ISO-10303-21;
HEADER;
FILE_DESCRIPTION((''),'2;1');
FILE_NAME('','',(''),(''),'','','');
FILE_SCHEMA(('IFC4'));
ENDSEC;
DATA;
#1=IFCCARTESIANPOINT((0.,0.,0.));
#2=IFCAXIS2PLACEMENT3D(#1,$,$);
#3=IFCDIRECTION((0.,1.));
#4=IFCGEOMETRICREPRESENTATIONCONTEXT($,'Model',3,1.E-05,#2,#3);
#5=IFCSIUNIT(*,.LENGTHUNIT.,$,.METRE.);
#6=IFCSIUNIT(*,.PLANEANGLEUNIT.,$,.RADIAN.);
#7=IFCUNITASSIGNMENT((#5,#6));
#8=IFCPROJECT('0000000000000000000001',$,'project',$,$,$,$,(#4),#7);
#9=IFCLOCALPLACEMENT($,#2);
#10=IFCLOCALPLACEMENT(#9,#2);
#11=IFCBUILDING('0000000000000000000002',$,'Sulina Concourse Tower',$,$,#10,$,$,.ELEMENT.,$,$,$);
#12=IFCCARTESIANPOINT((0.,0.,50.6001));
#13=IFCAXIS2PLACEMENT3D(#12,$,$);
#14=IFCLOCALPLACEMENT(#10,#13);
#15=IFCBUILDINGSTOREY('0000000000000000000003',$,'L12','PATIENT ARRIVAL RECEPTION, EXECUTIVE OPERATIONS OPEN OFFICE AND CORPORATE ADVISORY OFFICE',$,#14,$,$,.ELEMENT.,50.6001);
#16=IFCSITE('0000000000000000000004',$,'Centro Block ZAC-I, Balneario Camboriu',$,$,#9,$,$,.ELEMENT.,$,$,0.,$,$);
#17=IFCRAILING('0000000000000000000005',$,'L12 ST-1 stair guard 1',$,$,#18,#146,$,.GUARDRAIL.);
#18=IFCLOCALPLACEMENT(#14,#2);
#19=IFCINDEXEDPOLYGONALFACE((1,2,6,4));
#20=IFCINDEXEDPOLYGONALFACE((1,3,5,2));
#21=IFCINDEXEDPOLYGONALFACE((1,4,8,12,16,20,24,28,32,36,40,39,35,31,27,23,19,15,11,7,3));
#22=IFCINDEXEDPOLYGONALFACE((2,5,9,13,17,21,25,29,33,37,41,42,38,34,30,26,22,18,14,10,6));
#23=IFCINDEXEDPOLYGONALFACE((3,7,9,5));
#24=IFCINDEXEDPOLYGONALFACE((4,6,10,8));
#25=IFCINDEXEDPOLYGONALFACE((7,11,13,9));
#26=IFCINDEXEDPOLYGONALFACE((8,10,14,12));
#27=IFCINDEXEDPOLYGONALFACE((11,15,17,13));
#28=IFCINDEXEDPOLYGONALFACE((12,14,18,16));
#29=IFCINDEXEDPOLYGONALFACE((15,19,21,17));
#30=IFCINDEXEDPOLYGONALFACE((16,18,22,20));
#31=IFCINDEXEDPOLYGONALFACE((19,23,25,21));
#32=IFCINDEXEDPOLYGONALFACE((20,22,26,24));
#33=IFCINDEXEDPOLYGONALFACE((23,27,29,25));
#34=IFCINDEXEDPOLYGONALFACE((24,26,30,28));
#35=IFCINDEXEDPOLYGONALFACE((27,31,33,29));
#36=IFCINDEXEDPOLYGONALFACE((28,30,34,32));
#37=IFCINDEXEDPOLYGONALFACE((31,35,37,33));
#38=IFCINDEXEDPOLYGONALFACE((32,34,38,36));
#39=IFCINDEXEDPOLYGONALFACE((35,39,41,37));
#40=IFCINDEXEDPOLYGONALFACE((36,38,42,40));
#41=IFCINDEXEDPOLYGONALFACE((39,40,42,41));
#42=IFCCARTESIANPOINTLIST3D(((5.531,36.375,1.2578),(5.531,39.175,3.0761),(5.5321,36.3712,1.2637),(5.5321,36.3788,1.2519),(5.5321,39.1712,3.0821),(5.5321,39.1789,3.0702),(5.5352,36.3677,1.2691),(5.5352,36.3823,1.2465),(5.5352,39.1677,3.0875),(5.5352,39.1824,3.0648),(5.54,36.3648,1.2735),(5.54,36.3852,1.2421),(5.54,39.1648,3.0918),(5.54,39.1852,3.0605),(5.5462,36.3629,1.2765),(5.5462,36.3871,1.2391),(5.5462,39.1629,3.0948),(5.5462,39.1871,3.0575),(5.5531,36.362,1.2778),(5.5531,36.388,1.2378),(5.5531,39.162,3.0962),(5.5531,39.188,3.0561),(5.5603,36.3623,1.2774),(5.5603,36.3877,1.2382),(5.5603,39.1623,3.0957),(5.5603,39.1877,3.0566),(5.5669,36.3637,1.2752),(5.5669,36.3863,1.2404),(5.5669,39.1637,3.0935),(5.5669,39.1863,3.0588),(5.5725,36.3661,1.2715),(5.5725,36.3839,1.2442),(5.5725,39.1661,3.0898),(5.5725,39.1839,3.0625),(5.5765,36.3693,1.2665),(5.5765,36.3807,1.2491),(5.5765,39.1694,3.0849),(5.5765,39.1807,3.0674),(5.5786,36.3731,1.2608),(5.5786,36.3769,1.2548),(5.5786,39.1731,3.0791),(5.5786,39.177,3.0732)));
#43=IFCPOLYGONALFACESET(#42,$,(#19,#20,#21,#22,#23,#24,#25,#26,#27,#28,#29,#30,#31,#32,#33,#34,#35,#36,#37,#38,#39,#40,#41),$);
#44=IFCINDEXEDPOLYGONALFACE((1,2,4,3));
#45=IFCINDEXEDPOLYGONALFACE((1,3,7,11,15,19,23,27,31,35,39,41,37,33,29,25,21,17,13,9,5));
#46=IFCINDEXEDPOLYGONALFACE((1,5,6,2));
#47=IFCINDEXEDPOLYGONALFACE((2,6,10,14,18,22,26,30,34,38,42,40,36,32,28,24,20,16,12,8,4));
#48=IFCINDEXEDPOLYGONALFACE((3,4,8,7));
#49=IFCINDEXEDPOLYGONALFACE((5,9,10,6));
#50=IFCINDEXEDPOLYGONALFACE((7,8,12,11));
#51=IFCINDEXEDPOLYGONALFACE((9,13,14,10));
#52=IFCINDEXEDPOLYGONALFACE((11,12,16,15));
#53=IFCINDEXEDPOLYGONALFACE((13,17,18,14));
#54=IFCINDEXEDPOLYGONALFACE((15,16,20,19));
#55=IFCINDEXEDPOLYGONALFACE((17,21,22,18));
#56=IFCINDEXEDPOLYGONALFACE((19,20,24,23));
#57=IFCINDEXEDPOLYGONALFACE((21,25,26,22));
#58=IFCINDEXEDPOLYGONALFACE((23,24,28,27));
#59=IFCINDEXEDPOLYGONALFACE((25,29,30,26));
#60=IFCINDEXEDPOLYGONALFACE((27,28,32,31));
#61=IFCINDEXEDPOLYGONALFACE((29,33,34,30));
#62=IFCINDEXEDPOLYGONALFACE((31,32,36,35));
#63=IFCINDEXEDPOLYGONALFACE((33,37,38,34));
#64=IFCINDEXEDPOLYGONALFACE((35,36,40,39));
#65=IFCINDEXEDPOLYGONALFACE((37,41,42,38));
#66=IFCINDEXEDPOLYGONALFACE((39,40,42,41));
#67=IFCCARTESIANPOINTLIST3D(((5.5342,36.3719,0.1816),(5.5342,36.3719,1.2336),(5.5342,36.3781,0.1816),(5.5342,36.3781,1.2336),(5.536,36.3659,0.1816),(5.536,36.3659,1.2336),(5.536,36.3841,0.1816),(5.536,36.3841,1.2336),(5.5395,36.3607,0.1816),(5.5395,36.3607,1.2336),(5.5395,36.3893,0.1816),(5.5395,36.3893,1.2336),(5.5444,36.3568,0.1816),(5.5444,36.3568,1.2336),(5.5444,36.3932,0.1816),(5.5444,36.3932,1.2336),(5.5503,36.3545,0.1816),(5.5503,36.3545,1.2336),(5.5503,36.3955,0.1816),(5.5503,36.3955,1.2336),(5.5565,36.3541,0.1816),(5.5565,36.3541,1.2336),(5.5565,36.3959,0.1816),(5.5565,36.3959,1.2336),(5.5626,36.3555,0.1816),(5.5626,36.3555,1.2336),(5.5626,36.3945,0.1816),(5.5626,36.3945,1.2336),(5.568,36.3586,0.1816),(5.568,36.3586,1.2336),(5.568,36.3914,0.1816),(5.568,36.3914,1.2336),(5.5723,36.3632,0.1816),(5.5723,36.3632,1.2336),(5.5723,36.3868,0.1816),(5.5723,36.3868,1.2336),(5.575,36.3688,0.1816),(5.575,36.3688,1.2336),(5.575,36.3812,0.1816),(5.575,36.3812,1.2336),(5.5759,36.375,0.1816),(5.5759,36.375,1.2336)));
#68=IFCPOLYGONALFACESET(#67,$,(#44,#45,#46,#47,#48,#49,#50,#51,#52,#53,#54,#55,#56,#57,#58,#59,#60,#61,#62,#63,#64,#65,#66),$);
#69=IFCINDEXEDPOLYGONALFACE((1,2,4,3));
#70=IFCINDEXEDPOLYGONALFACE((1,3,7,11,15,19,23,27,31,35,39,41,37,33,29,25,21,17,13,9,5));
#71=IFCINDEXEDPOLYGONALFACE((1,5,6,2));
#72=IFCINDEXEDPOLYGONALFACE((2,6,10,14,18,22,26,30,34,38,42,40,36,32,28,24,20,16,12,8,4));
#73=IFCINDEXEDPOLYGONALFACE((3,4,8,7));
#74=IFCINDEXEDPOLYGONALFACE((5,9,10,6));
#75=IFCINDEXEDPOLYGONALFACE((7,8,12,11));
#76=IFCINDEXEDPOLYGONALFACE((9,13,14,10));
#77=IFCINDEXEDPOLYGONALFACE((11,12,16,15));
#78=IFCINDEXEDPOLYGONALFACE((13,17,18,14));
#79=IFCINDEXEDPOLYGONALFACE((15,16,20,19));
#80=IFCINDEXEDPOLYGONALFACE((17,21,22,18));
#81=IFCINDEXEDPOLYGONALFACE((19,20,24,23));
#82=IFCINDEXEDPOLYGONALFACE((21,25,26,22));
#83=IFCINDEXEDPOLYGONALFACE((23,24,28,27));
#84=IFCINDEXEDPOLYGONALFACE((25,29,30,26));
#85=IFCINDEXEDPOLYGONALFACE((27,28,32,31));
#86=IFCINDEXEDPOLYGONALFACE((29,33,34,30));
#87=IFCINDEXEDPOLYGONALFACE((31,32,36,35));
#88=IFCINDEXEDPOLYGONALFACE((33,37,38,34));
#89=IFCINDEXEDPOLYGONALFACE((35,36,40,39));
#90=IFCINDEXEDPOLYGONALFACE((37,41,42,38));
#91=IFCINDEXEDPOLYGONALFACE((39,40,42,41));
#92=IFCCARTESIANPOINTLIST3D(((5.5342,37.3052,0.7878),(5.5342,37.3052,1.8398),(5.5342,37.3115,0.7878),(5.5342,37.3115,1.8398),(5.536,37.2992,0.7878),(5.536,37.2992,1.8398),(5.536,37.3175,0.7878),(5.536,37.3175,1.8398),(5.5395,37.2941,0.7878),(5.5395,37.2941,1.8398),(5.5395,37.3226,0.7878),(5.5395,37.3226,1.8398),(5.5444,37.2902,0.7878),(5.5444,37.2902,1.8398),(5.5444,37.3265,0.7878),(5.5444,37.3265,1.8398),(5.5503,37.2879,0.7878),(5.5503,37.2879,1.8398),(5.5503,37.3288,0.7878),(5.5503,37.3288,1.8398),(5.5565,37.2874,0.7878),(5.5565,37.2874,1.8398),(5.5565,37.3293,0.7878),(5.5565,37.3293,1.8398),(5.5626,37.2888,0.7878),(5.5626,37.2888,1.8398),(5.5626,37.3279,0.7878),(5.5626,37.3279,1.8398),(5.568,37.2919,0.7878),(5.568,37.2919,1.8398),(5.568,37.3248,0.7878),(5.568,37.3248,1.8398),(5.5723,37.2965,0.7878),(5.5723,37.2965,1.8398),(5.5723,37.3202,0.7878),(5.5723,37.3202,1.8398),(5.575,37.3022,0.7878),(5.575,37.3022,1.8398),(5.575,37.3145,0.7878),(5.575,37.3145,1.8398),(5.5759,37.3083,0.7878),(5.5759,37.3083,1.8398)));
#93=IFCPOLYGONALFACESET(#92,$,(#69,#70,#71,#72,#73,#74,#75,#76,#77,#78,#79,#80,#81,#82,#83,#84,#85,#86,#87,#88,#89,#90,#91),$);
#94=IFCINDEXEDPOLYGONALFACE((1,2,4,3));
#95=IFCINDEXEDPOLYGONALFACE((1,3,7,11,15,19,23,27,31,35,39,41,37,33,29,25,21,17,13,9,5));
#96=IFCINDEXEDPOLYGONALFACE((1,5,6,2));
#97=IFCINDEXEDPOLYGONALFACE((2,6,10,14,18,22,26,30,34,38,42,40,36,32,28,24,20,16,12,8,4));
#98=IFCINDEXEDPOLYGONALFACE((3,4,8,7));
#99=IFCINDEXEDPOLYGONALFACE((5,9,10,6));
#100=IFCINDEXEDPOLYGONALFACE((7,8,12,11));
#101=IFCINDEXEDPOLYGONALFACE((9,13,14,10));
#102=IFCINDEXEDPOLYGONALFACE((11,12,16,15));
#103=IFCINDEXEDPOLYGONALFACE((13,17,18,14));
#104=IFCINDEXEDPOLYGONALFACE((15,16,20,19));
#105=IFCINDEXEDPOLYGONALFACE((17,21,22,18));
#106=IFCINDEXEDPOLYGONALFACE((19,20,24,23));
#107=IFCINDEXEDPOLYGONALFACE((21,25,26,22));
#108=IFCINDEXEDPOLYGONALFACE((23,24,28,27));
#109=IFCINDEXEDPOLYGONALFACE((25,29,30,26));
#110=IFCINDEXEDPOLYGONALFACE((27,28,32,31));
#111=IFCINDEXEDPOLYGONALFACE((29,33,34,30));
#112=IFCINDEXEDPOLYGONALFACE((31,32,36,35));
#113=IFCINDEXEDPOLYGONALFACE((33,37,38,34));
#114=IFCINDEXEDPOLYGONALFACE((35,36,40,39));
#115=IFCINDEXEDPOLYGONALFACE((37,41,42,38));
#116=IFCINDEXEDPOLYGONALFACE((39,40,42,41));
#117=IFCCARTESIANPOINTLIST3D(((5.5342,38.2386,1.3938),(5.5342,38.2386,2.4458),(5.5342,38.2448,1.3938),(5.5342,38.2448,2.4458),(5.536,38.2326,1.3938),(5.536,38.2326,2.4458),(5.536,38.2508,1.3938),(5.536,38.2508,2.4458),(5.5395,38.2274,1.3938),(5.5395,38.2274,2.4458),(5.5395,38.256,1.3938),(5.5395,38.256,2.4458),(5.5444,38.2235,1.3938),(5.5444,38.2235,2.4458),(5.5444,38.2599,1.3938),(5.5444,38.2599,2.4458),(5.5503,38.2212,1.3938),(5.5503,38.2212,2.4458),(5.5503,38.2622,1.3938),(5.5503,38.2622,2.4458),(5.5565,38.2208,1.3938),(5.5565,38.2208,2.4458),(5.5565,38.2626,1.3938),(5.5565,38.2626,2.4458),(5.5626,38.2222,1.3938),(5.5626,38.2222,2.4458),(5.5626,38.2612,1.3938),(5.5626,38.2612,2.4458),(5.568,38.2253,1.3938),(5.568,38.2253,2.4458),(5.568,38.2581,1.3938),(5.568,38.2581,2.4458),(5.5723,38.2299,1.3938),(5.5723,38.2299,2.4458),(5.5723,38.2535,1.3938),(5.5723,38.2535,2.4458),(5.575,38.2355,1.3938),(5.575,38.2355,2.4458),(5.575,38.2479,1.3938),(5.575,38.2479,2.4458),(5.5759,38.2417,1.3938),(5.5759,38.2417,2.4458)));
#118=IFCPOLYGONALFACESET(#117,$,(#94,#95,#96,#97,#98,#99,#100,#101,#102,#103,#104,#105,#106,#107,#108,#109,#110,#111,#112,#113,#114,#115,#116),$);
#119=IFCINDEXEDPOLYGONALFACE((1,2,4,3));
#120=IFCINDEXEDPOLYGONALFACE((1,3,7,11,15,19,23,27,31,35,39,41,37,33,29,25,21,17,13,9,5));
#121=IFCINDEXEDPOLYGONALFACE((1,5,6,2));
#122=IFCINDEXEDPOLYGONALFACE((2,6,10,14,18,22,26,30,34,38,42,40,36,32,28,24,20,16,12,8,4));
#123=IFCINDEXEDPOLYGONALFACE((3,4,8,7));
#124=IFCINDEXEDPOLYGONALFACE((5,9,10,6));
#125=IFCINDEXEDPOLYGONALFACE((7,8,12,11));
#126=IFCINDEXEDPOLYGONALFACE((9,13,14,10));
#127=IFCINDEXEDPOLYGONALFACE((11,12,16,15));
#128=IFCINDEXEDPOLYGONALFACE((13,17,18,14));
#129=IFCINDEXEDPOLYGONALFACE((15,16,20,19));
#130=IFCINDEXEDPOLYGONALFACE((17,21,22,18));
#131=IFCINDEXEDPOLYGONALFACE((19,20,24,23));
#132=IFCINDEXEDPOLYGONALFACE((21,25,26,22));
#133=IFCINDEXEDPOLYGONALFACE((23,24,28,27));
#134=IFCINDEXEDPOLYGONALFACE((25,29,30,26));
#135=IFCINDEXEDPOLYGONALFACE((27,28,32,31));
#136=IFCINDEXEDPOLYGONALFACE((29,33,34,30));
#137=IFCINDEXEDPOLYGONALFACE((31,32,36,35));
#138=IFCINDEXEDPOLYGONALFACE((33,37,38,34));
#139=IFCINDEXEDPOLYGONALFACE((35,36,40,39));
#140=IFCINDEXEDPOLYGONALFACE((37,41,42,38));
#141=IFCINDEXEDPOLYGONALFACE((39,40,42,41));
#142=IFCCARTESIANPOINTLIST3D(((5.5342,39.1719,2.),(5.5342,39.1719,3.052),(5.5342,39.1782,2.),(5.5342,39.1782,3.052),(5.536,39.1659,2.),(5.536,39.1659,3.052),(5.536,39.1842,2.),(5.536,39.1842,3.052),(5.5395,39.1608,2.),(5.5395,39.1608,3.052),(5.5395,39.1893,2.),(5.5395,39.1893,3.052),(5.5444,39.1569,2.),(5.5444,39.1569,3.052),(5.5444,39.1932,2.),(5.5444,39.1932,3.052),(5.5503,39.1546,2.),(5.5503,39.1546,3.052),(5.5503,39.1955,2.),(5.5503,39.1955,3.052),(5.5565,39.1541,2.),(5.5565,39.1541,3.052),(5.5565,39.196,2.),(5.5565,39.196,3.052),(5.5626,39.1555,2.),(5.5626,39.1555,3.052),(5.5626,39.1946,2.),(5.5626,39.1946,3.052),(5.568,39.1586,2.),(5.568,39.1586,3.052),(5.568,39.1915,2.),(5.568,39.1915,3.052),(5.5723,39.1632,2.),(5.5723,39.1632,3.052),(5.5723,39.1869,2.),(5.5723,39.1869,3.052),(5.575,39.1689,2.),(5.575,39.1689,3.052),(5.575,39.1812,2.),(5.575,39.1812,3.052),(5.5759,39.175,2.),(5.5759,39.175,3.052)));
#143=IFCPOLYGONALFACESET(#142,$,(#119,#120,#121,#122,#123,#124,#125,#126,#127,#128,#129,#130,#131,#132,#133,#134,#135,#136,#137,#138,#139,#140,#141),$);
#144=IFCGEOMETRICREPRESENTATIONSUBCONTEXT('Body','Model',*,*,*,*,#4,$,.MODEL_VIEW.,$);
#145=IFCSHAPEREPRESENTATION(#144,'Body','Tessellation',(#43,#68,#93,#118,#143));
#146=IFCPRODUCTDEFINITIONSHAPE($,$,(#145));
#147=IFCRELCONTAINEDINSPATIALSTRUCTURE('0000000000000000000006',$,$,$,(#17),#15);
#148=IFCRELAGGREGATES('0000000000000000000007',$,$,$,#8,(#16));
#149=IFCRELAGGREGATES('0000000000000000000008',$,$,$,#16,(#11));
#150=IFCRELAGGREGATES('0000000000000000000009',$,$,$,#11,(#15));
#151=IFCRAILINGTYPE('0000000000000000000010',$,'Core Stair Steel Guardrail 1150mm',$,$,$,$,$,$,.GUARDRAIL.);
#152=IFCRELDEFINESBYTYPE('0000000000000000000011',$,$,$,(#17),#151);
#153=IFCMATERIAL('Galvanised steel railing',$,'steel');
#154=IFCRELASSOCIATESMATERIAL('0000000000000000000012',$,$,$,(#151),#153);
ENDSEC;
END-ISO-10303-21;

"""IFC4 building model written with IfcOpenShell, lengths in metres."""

from ifc_helpers import new_model, si_unit, direction, frame, origin, origin_2d, place, context, subcontext, project, spatial, circle, extrude, material, type_object, element, save


model = new_model("IFC4")

# Units and contexts
model_context = context("Model", 3, precision=1e-05, world=origin(), true_north=direction((0.0, 1.0)))
body_context = subcontext(model_context, "Body", "Model", "MODEL_VIEW")
ifc_project = project(units=[si_unit("LENGTHUNIT", "METRE"), si_unit("PLANEANGLEUNIT", "RADIAN")], contexts=[model_context])

# Site, building, storey
site_placement = place(None, origin())
site = spatial("IfcSite", under=ifc_project, at=site_placement, Name="Centro Block ZAC-I, Balneario Camboriu", CompositionType="ELEMENT", RefElevation=0.0)
building_placement = place(site_placement, origin())
building = spatial("IfcBuilding", under=site, at=building_placement, Name="Sulina Concourse Tower", CompositionType="ELEMENT")
storey_placement = place(building_placement, frame((0.0, 0.0, 50.6001)))
storey = spatial("IfcBuildingStorey", under=building, at=storey_placement, Name="L12", Description="PATIENT ARRIVAL RECEPTION, EXECUTIVE OPERATIONS OPEN OFFICE AND CORPORATE ADVISORY OFFICE", CompositionType="ELEMENT", Elevation=50.6001)

# Railing
ifc_material_1 = material(Name="Galvanised steel railing", Category="steel")
railing_type_1 = type_object("IfcRailingType", Name="Core Stair Steel Guardrail 1150mm", PredefinedType="GUARDRAIL", material=ifc_material_1)
railing_1_placement = place(storey_placement, frame((5.5549, 36.375, 0.1816)))
element("IfcRailing", 1, at=railing_1_placement, inside=storey, type_object=railing_type_1, Name="L12 ST-1 stair guard 1", PredefinedType="GUARDRAIL", context=body_context, shape_type="SweptSolid", body=[
    extrude(circle(Radius=0.0239, at=origin_2d()), frame((0.0, 0.0, 1.0762), z_axis=(0.0, 0.838672, 0.544636), x_axis=(-1.0, 0.0, 0.0)), (0.0, 0.0, 1.0), 3.3386),
    extrude(circle(Radius=0.021, at=origin_2d()), origin(), (0.0, 0.0, 1.0), 1.052),
    extrude(circle(Radius=0.021, at=origin_2d()), frame((0.0, 0.9333, 0.6062)), (0.0, 0.0, 1.0), 1.052),
    extrude(circle(Radius=0.021, at=origin_2d()), frame((0.0, 1.8667, 1.2122)), (0.0, 0.0, 1.0), 1.052),
    extrude(circle(Radius=0.021, at=origin_2d()), frame((0.0, 2.8, 1.8184)), (0.0, 0.0, 1.0), 1.052),
])

save(model, "model.ifc")
